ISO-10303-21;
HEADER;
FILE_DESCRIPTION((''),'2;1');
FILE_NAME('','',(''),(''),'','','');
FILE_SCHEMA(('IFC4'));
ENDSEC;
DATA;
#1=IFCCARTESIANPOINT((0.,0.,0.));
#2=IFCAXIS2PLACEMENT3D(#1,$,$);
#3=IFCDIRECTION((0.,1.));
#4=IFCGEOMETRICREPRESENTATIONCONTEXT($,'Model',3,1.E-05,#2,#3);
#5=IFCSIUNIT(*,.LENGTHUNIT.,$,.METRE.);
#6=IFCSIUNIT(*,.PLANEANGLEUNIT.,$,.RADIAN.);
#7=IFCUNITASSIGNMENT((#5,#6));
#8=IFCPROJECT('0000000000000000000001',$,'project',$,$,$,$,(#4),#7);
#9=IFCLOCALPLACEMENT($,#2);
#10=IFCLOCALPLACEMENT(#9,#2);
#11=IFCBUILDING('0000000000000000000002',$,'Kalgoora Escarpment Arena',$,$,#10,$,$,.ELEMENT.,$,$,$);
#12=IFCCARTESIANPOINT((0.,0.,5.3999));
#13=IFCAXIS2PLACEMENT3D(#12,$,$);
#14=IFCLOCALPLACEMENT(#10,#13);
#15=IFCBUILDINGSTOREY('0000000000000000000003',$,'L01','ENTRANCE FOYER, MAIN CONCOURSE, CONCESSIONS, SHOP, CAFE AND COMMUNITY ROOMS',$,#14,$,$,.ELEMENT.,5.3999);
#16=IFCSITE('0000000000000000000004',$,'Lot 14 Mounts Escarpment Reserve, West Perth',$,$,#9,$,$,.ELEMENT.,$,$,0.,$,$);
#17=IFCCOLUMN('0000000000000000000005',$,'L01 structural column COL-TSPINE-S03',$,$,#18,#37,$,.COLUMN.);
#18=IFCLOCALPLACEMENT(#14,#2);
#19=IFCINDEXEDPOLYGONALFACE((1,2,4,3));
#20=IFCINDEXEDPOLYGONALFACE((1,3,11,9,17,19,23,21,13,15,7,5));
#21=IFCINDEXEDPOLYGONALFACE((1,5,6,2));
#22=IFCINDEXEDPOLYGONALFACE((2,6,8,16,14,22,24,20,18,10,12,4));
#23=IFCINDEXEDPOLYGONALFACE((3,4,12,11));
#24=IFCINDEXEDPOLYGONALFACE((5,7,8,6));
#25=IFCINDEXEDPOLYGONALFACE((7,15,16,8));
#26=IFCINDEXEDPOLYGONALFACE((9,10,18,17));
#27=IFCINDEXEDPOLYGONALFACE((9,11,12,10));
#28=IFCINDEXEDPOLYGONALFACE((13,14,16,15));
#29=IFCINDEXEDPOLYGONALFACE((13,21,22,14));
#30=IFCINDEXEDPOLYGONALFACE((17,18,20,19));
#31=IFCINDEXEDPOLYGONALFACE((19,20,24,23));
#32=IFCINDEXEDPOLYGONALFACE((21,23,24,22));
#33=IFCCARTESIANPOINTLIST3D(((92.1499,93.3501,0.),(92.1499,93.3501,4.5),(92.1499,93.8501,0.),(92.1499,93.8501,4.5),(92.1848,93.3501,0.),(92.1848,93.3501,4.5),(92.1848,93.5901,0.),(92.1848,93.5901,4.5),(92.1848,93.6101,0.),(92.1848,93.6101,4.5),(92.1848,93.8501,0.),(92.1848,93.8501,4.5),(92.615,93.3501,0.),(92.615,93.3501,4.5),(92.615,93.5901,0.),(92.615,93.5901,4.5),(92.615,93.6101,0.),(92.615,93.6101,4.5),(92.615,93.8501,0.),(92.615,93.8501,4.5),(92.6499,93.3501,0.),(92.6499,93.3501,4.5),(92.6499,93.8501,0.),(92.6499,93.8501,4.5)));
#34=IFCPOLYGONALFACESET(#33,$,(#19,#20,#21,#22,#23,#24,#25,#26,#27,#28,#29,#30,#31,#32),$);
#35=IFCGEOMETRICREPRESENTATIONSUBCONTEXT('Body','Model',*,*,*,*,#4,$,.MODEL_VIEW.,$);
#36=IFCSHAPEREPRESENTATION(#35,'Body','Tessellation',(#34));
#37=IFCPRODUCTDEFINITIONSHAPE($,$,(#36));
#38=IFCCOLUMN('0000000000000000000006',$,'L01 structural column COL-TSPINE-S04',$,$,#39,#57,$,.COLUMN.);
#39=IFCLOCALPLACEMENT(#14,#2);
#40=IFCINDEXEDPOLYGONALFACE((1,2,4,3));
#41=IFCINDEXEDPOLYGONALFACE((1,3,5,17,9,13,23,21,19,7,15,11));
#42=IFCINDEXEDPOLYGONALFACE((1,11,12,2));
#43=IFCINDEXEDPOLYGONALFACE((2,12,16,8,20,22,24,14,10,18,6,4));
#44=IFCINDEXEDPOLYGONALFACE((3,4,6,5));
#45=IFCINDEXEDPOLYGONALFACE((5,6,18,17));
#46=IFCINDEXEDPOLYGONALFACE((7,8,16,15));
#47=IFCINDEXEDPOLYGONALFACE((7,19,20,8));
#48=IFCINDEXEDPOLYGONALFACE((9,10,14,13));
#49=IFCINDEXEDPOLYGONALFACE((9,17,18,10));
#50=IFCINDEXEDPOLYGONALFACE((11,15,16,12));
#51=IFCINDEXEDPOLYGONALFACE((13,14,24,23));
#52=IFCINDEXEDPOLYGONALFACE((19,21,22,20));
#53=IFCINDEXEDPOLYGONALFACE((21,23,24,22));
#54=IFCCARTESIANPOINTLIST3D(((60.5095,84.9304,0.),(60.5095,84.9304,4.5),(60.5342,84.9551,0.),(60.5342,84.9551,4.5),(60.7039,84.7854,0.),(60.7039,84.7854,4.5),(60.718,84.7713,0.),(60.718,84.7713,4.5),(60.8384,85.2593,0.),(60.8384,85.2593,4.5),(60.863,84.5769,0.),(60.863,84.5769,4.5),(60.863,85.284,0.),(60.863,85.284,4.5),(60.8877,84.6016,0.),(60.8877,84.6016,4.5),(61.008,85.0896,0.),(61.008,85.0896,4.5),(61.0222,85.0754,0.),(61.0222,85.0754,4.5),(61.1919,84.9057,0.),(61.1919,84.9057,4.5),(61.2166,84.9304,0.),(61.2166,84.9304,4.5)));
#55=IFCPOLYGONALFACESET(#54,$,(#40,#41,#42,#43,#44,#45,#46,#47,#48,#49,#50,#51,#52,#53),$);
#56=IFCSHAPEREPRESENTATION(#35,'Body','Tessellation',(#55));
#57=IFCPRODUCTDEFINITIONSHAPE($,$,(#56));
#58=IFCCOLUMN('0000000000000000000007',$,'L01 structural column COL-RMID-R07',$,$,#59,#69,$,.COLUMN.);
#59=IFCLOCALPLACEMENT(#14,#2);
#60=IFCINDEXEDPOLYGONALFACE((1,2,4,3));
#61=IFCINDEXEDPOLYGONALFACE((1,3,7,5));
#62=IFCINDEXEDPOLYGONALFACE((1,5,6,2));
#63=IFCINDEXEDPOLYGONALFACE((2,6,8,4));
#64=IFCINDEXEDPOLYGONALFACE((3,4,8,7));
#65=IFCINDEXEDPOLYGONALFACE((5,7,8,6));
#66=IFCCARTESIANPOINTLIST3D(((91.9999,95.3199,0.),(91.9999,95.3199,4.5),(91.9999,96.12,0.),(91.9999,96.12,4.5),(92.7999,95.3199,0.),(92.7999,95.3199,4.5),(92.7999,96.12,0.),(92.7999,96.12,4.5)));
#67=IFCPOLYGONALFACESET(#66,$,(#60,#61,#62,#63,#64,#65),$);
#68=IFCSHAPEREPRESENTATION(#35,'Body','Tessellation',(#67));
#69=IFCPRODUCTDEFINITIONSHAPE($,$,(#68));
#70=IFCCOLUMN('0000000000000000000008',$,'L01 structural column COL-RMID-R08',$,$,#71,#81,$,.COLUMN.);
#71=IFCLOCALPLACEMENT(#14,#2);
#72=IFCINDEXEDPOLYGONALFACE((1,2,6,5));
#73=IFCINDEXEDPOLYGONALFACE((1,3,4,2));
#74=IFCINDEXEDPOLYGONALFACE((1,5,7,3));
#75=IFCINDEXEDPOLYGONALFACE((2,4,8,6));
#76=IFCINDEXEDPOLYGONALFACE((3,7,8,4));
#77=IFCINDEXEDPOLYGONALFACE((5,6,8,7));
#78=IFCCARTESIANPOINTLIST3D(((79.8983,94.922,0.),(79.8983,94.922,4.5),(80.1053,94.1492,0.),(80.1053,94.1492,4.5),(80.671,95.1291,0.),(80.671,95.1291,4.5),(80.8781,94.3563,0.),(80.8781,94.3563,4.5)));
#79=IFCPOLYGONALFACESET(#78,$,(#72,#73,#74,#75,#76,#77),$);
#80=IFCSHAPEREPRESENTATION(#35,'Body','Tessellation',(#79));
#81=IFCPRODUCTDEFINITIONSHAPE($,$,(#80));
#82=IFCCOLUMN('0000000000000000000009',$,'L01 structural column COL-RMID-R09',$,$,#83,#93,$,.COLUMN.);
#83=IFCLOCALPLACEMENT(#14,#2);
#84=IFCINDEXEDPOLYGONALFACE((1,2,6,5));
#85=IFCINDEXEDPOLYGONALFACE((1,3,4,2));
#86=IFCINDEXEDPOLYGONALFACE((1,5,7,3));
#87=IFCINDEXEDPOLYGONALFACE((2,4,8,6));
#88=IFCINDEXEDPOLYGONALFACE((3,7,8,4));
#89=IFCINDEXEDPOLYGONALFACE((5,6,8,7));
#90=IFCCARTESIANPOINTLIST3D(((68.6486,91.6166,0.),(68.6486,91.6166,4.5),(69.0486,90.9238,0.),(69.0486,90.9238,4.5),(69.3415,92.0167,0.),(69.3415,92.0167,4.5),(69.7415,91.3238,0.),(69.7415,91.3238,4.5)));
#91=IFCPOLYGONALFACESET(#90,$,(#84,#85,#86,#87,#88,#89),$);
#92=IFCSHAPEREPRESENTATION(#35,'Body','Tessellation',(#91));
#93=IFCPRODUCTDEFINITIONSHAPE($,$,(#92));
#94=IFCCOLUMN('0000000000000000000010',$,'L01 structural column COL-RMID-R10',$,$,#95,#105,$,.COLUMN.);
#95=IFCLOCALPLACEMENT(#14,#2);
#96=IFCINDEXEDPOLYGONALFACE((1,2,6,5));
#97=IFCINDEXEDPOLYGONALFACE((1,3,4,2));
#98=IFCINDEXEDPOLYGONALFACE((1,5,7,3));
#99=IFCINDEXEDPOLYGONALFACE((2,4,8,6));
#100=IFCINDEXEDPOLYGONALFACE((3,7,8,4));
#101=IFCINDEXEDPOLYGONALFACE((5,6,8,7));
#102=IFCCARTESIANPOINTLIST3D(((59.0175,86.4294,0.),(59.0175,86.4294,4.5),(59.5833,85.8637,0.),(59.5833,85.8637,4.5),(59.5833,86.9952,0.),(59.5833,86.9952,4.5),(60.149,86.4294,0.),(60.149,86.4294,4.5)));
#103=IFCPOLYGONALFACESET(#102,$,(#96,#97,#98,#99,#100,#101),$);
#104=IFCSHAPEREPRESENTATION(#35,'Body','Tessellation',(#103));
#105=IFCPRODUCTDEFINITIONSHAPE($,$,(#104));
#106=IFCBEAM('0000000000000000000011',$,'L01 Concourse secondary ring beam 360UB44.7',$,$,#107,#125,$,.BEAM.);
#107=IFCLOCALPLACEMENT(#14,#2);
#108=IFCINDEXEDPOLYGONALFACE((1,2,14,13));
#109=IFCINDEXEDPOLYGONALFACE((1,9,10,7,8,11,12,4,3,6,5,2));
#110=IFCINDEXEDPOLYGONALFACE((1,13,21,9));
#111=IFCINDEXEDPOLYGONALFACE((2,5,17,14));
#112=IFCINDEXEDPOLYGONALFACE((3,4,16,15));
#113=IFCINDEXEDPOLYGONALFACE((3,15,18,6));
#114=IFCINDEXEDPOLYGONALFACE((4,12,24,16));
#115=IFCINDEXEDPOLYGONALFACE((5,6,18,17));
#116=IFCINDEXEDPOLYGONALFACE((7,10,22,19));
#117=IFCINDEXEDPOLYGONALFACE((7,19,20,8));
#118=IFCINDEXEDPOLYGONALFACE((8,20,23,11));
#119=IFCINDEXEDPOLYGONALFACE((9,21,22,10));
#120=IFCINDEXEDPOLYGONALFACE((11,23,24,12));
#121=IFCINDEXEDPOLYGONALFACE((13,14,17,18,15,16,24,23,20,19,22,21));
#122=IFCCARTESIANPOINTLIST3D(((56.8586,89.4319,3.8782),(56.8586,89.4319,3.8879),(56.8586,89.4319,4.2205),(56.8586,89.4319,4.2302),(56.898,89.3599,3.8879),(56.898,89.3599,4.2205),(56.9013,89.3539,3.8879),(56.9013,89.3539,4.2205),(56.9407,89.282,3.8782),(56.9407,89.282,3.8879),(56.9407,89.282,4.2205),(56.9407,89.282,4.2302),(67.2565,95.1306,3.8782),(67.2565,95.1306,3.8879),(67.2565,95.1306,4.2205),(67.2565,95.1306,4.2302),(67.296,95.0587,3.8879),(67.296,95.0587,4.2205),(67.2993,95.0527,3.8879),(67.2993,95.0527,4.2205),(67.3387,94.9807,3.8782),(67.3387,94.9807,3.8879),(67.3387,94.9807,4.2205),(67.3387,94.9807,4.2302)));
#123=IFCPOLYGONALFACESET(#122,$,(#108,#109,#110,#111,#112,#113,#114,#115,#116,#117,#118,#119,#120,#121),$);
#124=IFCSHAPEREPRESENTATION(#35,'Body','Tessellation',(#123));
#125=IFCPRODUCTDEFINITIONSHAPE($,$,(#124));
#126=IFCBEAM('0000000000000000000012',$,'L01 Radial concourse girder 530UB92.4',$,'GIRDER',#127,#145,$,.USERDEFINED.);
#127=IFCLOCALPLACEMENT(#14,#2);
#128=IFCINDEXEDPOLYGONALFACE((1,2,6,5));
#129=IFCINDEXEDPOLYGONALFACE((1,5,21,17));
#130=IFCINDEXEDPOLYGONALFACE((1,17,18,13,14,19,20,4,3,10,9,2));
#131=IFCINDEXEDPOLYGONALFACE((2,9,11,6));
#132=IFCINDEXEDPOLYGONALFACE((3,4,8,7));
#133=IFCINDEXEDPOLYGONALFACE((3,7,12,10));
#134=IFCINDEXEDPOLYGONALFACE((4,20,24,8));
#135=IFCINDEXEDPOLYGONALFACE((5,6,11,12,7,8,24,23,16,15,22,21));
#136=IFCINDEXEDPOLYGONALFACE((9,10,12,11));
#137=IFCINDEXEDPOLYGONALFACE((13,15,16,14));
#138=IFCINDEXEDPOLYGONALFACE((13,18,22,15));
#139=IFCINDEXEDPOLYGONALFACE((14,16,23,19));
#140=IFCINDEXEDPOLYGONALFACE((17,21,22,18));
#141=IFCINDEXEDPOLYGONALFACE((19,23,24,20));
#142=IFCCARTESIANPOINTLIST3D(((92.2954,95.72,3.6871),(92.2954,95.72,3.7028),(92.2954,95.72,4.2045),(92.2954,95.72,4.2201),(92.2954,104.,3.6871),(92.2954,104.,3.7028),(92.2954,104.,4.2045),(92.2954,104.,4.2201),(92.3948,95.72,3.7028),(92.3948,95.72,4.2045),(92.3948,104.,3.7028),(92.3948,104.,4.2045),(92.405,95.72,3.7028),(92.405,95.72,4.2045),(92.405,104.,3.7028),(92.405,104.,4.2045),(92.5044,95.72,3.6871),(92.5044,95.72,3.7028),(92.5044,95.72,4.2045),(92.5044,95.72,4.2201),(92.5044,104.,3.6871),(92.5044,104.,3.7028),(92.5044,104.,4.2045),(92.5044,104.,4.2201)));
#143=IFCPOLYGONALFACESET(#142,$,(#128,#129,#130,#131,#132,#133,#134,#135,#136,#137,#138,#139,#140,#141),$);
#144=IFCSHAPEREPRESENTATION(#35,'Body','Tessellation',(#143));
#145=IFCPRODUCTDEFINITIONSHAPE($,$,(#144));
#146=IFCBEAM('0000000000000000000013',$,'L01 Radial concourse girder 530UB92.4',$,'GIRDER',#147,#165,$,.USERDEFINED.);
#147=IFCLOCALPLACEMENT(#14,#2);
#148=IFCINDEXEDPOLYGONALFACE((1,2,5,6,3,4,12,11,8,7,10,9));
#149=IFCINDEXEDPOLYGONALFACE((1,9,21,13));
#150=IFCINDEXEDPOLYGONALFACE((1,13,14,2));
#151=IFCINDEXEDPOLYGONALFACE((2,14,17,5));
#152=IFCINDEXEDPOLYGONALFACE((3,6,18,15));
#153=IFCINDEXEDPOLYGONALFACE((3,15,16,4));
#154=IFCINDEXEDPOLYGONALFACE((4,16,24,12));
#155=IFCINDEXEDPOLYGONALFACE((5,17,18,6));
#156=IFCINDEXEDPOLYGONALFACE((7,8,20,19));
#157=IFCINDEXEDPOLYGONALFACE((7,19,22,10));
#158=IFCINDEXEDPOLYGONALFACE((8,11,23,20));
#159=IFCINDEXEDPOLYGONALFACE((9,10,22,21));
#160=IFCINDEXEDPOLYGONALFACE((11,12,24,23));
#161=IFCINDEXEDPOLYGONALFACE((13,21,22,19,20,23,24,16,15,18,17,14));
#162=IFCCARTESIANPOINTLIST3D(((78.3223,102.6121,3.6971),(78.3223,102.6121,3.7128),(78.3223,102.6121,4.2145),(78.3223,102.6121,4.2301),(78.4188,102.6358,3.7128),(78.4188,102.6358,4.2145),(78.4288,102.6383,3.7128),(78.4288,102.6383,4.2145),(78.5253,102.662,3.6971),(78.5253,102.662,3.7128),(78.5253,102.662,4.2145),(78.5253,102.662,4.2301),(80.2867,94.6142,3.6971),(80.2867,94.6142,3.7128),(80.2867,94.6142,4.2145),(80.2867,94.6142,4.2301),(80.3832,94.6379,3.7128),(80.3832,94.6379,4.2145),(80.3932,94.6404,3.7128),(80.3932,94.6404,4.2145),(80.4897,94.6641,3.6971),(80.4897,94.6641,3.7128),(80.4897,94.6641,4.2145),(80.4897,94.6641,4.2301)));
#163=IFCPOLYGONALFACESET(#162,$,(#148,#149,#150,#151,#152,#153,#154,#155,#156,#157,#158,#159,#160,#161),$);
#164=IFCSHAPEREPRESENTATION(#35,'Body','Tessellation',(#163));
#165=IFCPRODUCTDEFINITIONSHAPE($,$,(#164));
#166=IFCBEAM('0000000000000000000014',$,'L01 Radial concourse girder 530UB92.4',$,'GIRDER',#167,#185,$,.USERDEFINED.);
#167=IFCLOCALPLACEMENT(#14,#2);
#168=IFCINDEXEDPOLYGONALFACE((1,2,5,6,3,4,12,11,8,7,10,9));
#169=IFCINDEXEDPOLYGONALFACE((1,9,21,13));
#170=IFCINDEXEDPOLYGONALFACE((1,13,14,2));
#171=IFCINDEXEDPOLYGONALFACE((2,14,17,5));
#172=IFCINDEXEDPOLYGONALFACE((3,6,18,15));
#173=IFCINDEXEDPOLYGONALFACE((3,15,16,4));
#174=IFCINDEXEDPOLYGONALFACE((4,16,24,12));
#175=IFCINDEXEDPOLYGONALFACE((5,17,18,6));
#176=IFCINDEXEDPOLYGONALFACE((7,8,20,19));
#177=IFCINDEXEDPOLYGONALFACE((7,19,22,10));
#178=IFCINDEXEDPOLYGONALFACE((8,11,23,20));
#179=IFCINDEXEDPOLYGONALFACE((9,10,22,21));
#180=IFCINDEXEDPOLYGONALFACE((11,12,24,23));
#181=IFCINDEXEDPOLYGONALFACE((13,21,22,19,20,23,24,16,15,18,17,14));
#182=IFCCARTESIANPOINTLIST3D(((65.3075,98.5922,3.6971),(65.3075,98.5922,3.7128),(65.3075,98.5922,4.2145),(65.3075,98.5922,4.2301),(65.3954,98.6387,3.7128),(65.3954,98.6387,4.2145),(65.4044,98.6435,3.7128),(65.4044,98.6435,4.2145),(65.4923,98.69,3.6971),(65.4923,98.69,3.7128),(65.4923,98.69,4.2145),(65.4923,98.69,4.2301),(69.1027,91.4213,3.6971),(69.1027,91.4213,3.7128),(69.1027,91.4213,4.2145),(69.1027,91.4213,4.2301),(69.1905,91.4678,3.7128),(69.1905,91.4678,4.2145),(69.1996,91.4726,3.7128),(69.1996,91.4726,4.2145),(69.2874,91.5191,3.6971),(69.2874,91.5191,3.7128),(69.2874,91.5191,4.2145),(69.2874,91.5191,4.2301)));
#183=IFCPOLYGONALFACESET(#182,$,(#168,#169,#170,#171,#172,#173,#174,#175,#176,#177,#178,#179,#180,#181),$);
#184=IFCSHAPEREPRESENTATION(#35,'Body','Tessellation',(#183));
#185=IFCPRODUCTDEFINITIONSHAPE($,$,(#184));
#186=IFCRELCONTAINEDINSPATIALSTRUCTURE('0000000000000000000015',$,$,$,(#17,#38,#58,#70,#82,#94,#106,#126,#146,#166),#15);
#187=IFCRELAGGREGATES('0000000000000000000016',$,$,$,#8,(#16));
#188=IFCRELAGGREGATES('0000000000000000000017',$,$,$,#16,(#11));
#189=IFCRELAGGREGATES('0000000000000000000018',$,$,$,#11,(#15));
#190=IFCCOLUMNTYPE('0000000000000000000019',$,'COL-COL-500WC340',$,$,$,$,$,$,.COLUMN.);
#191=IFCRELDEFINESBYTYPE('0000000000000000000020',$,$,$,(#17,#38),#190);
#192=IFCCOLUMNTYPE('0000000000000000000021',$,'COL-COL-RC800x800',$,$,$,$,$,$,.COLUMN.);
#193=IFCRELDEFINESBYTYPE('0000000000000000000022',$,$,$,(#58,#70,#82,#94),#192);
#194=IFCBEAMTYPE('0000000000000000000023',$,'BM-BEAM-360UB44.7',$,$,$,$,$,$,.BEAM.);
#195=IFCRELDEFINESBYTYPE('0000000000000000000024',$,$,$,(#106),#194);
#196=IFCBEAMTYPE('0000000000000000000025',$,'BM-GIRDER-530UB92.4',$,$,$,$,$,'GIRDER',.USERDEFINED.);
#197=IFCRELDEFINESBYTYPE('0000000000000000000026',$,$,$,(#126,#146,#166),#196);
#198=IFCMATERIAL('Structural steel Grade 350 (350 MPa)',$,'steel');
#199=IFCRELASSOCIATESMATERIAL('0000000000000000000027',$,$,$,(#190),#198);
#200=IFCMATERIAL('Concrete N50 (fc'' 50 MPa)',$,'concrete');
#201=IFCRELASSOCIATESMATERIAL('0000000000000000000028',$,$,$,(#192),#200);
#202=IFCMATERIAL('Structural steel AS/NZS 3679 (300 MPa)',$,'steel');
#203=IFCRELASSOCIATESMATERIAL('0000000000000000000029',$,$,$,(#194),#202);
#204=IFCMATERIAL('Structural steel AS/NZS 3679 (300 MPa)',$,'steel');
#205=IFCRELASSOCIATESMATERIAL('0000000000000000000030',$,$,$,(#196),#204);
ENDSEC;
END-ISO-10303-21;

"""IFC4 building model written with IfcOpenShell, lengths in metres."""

from ifc_helpers import new_model, si_unit, direction, frame, origin, origin_2d, place, context, subcontext, project, spatial, rectangle, i_section, extrude, material, material_profile, profile_set, type_object, element, save


model = new_model("IFC4")

# Units and contexts
model_context = context("Model", 3, precision=1e-05, world=origin(), true_north=direction((0.0, 1.0)))
body_context = subcontext(model_context, "Body", "Model", "MODEL_VIEW")
ifc_project = project(units=[si_unit("LENGTHUNIT", "METRE"), si_unit("PLANEANGLEUNIT", "RADIAN")], contexts=[model_context])

# Site, building, storey
site_placement = place(None, origin())
site = spatial("IfcSite", under=ifc_project, at=site_placement, Name="Lot 14 Mounts Escarpment Reserve, West Perth", CompositionType="ELEMENT", RefElevation=0.0)
building_placement = place(site_placement, origin())
building = spatial("IfcBuilding", under=site, at=building_placement, Name="Kalgoora Escarpment Arena", CompositionType="ELEMENT")
storey_placement = place(building_placement, frame((0.0, 0.0, 5.3999)))
storey = spatial("IfcBuildingStorey", under=building, at=storey_placement, Name="L01", Description="ENTRANCE FOYER, MAIN CONCOURSE, CONCESSIONS, SHOP, CAFE AND COMMUNITY ROOMS", CompositionType="ELEMENT", Elevation=5.3999)

# Columns
ifc_material_1 = material(Name="Structural steel Grade 350 (350 MPa)", Category="steel")
ifc_material_profile_1 = material_profile(ifc_material_1, i_section(OverallWidth=0.5, OverallDepth=0.5, WebThickness=0.02, FlangeThickness=0.0349, at=origin_2d()))
ifc_profile_set_1 = profile_set([ifc_material_profile_1], Name="Structural steel Grade 350 (350 MPa)")
column_type_1 = type_object("IfcColumnType", Name="COL-COL-500WC340", PredefinedType="COLUMN", material=ifc_profile_set_1)
for number, where, z_axis, x_axis, name in (
    (1, (92.3999, 93.6001, 0.0), (0.0, 0.0, 1.0), (0.0, 1.0, 0.0), "L01 structural column COL-TSPINE-S03"),
    (2, (60.863, 84.9304, 0.0), (0.0, 0.0, 1.0), (-0.707107, 0.707107, 0.0), "L01 structural column COL-TSPINE-S04"),
):
    element("IfcColumn", number, at=place(storey_placement, frame(where, z_axis=z_axis, x_axis=x_axis)), inside=storey, type_object=column_type_1, Name=name, PredefinedType="COLUMN", context=body_context, shape_type="SweptSolid", body=[
        extrude(i_section(OverallWidth=0.5, OverallDepth=0.5, WebThickness=0.02, FlangeThickness=0.0349, at=origin_2d()), origin(), (0.0, 0.0, 1.0), 4.5),
    ])
ifc_material_2 = material(Name="Concrete N50 (fc' 50 MPa)", Category="concrete")
ifc_material_profile_2 = material_profile(ifc_material_2, rectangle(XDim=0.8, YDim=0.8, at=origin_2d()))
ifc_profile_set_2 = profile_set([ifc_material_profile_2], Name="Concrete N50 (fc' 50 MPa)")
column_type_2 = type_object("IfcColumnType", Name="COL-COL-RC800x800", PredefinedType="COLUMN", material=ifc_profile_set_2)
for number, where, z_axis, x_axis, name in (
    (3, (92.3999, 95.72, 0.0), (0.0, 0.0, 1.0), (0.0, 1.0, 0.0), "L01 structural column COL-RMID-R07"),
    (4, (80.3882, 94.6392, 0.0), (0.0, 0.0, 1.0), (-0.258819, 0.965926, 0.0), "L01 structural column COL-RMID-R08"),
    (5, (69.1951, 91.4702, 0.0), (0.0, 0.0, 1.0), (-0.5, 0.866025, 0.0), "L01 structural column COL-RMID-R09"),
    (6, (59.5833, 86.4294, 0.0), (0.0, 0.0, 1.0), (-0.707107, 0.707107, 0.0), "L01 structural column COL-RMID-R10"),
):
    element("IfcColumn", number, at=place(storey_placement, frame(where, z_axis=z_axis, x_axis=x_axis)), inside=storey, type_object=column_type_2, Name=name, PredefinedType="COLUMN", context=body_context, shape_type="SweptSolid", body=[
        extrude(rectangle(XDim=0.8, YDim=0.8, at=origin_2d()), origin(), (0.0, 0.0, 1.0), 4.5),
    ])

# Beams
ifc_material_3 = material(Name="Structural steel AS/NZS 3679 (300 MPa)", Category="steel")
ifc_material_profile_3 = material_profile(ifc_material_3, i_section(OverallWidth=0.1709, OverallDepth=0.3521, WebThickness=0.0068, FlangeThickness=0.0098, at=origin_2d()))
ifc_profile_set_3 = profile_set([ifc_material_profile_3], Name="Structural steel AS/NZS 3679 (300 MPa)")
beam_type_1 = type_object("IfcBeamType", Name="BM-BEAM-360UB44.7", PredefinedType="BEAM", material=ifc_profile_set_3)
beam_1_placement = place(storey_placement, frame((67.2976, 95.0557, 4.0542), z_axis=(-0.876932, -0.480614, 0.0), x_axis=(0.480614, -0.876932, 0.0)))
element("IfcBeam", 7, at=beam_1_placement, inside=storey, type_object=beam_type_1, Name="L01 Concourse secondary ring beam 360UB44.7", PredefinedType="BEAM", context=body_context, shape_type="SweptSolid", body=[
    extrude(i_section(OverallWidth=0.1709, OverallDepth=0.3521, WebThickness=0.0068, FlangeThickness=0.0098, at=origin_2d()), origin(), (0.0, 0.0, 1.0), 11.8572),
])
ifc_material_4 = material(Name="Structural steel AS/NZS 3679 (300 MPa)", Category="steel")
ifc_material_profile_4 = material_profile(ifc_material_4, i_section(OverallWidth=0.209, OverallDepth=0.533, WebThickness=0.0103, FlangeThickness=0.0156, at=origin_2d()))
ifc_profile_set_4 = profile_set([ifc_material_profile_4], Name="Structural steel AS/NZS 3679 (300 MPa)")
beam_type_2 = type_object("IfcBeamType", Name="BM-GIRDER-530UB92.4", ElementType="GIRDER", PredefinedType="USERDEFINED", material=ifc_profile_set_4)
beam_2_placement = place(storey_placement, frame((92.3999, 95.72, 3.9536), z_axis=(0.0, 1.0, 0.0), x_axis=(-1.0, 0.0, 0.0)))
element("IfcBeam", 8, at=beam_2_placement, inside=storey, type_object=beam_type_2, Name="L01 Radial concourse girder 530UB92.4", ObjectType="GIRDER", PredefinedType="USERDEFINED", context=body_context, shape_type="SweptSolid", body=[
    extrude(i_section(OverallWidth=0.209, OverallDepth=0.533, WebThickness=0.0103, FlangeThickness=0.0156, at=origin_2d()), origin(), (0.0, 0.0, 1.0), 8.28),
])
beam_3_placement = place(storey_placement, frame((80.3882, 94.6392, 3.9636), z_axis=(-0.238523, 0.971137, 0.0), x_axis=(-0.971137, -0.238523, 0.0)))
element("IfcBeam", 9, at=beam_3_placement, inside=storey, type_object=beam_type_2, Name="L01 Radial concourse girder 530UB92.4", ObjectType="GIRDER", PredefinedType="USERDEFINED", context=body_context, shape_type="SweptSolid", body=[
    extrude(i_section(OverallWidth=0.209, OverallDepth=0.533, WebThickness=0.0103, FlangeThickness=0.0156, at=origin_2d()), origin(), (0.0, 0.0, 1.0), 8.2356),
])
beam_4_placement = place(storey_placement, frame((69.1951, 91.4702, 3.9636), z_axis=(-0.467773, 0.883849, 0.0), x_axis=(-0.883849, -0.467773, 0.0)))
element("IfcBeam", 10, at=beam_4_placement, inside=storey, type_object=beam_type_2, Name="L01 Radial concourse girder 530UB92.4", ObjectType="GIRDER", PredefinedType="USERDEFINED", context=body_context, shape_type="SweptSolid", body=[
    extrude(i_section(OverallWidth=0.209, OverallDepth=0.533, WebThickness=0.0103, FlangeThickness=0.0156, at=origin_2d()), origin(), (0.0, 0.0, 1.0), 8.1133),
])

save(model, "model.ifc")
